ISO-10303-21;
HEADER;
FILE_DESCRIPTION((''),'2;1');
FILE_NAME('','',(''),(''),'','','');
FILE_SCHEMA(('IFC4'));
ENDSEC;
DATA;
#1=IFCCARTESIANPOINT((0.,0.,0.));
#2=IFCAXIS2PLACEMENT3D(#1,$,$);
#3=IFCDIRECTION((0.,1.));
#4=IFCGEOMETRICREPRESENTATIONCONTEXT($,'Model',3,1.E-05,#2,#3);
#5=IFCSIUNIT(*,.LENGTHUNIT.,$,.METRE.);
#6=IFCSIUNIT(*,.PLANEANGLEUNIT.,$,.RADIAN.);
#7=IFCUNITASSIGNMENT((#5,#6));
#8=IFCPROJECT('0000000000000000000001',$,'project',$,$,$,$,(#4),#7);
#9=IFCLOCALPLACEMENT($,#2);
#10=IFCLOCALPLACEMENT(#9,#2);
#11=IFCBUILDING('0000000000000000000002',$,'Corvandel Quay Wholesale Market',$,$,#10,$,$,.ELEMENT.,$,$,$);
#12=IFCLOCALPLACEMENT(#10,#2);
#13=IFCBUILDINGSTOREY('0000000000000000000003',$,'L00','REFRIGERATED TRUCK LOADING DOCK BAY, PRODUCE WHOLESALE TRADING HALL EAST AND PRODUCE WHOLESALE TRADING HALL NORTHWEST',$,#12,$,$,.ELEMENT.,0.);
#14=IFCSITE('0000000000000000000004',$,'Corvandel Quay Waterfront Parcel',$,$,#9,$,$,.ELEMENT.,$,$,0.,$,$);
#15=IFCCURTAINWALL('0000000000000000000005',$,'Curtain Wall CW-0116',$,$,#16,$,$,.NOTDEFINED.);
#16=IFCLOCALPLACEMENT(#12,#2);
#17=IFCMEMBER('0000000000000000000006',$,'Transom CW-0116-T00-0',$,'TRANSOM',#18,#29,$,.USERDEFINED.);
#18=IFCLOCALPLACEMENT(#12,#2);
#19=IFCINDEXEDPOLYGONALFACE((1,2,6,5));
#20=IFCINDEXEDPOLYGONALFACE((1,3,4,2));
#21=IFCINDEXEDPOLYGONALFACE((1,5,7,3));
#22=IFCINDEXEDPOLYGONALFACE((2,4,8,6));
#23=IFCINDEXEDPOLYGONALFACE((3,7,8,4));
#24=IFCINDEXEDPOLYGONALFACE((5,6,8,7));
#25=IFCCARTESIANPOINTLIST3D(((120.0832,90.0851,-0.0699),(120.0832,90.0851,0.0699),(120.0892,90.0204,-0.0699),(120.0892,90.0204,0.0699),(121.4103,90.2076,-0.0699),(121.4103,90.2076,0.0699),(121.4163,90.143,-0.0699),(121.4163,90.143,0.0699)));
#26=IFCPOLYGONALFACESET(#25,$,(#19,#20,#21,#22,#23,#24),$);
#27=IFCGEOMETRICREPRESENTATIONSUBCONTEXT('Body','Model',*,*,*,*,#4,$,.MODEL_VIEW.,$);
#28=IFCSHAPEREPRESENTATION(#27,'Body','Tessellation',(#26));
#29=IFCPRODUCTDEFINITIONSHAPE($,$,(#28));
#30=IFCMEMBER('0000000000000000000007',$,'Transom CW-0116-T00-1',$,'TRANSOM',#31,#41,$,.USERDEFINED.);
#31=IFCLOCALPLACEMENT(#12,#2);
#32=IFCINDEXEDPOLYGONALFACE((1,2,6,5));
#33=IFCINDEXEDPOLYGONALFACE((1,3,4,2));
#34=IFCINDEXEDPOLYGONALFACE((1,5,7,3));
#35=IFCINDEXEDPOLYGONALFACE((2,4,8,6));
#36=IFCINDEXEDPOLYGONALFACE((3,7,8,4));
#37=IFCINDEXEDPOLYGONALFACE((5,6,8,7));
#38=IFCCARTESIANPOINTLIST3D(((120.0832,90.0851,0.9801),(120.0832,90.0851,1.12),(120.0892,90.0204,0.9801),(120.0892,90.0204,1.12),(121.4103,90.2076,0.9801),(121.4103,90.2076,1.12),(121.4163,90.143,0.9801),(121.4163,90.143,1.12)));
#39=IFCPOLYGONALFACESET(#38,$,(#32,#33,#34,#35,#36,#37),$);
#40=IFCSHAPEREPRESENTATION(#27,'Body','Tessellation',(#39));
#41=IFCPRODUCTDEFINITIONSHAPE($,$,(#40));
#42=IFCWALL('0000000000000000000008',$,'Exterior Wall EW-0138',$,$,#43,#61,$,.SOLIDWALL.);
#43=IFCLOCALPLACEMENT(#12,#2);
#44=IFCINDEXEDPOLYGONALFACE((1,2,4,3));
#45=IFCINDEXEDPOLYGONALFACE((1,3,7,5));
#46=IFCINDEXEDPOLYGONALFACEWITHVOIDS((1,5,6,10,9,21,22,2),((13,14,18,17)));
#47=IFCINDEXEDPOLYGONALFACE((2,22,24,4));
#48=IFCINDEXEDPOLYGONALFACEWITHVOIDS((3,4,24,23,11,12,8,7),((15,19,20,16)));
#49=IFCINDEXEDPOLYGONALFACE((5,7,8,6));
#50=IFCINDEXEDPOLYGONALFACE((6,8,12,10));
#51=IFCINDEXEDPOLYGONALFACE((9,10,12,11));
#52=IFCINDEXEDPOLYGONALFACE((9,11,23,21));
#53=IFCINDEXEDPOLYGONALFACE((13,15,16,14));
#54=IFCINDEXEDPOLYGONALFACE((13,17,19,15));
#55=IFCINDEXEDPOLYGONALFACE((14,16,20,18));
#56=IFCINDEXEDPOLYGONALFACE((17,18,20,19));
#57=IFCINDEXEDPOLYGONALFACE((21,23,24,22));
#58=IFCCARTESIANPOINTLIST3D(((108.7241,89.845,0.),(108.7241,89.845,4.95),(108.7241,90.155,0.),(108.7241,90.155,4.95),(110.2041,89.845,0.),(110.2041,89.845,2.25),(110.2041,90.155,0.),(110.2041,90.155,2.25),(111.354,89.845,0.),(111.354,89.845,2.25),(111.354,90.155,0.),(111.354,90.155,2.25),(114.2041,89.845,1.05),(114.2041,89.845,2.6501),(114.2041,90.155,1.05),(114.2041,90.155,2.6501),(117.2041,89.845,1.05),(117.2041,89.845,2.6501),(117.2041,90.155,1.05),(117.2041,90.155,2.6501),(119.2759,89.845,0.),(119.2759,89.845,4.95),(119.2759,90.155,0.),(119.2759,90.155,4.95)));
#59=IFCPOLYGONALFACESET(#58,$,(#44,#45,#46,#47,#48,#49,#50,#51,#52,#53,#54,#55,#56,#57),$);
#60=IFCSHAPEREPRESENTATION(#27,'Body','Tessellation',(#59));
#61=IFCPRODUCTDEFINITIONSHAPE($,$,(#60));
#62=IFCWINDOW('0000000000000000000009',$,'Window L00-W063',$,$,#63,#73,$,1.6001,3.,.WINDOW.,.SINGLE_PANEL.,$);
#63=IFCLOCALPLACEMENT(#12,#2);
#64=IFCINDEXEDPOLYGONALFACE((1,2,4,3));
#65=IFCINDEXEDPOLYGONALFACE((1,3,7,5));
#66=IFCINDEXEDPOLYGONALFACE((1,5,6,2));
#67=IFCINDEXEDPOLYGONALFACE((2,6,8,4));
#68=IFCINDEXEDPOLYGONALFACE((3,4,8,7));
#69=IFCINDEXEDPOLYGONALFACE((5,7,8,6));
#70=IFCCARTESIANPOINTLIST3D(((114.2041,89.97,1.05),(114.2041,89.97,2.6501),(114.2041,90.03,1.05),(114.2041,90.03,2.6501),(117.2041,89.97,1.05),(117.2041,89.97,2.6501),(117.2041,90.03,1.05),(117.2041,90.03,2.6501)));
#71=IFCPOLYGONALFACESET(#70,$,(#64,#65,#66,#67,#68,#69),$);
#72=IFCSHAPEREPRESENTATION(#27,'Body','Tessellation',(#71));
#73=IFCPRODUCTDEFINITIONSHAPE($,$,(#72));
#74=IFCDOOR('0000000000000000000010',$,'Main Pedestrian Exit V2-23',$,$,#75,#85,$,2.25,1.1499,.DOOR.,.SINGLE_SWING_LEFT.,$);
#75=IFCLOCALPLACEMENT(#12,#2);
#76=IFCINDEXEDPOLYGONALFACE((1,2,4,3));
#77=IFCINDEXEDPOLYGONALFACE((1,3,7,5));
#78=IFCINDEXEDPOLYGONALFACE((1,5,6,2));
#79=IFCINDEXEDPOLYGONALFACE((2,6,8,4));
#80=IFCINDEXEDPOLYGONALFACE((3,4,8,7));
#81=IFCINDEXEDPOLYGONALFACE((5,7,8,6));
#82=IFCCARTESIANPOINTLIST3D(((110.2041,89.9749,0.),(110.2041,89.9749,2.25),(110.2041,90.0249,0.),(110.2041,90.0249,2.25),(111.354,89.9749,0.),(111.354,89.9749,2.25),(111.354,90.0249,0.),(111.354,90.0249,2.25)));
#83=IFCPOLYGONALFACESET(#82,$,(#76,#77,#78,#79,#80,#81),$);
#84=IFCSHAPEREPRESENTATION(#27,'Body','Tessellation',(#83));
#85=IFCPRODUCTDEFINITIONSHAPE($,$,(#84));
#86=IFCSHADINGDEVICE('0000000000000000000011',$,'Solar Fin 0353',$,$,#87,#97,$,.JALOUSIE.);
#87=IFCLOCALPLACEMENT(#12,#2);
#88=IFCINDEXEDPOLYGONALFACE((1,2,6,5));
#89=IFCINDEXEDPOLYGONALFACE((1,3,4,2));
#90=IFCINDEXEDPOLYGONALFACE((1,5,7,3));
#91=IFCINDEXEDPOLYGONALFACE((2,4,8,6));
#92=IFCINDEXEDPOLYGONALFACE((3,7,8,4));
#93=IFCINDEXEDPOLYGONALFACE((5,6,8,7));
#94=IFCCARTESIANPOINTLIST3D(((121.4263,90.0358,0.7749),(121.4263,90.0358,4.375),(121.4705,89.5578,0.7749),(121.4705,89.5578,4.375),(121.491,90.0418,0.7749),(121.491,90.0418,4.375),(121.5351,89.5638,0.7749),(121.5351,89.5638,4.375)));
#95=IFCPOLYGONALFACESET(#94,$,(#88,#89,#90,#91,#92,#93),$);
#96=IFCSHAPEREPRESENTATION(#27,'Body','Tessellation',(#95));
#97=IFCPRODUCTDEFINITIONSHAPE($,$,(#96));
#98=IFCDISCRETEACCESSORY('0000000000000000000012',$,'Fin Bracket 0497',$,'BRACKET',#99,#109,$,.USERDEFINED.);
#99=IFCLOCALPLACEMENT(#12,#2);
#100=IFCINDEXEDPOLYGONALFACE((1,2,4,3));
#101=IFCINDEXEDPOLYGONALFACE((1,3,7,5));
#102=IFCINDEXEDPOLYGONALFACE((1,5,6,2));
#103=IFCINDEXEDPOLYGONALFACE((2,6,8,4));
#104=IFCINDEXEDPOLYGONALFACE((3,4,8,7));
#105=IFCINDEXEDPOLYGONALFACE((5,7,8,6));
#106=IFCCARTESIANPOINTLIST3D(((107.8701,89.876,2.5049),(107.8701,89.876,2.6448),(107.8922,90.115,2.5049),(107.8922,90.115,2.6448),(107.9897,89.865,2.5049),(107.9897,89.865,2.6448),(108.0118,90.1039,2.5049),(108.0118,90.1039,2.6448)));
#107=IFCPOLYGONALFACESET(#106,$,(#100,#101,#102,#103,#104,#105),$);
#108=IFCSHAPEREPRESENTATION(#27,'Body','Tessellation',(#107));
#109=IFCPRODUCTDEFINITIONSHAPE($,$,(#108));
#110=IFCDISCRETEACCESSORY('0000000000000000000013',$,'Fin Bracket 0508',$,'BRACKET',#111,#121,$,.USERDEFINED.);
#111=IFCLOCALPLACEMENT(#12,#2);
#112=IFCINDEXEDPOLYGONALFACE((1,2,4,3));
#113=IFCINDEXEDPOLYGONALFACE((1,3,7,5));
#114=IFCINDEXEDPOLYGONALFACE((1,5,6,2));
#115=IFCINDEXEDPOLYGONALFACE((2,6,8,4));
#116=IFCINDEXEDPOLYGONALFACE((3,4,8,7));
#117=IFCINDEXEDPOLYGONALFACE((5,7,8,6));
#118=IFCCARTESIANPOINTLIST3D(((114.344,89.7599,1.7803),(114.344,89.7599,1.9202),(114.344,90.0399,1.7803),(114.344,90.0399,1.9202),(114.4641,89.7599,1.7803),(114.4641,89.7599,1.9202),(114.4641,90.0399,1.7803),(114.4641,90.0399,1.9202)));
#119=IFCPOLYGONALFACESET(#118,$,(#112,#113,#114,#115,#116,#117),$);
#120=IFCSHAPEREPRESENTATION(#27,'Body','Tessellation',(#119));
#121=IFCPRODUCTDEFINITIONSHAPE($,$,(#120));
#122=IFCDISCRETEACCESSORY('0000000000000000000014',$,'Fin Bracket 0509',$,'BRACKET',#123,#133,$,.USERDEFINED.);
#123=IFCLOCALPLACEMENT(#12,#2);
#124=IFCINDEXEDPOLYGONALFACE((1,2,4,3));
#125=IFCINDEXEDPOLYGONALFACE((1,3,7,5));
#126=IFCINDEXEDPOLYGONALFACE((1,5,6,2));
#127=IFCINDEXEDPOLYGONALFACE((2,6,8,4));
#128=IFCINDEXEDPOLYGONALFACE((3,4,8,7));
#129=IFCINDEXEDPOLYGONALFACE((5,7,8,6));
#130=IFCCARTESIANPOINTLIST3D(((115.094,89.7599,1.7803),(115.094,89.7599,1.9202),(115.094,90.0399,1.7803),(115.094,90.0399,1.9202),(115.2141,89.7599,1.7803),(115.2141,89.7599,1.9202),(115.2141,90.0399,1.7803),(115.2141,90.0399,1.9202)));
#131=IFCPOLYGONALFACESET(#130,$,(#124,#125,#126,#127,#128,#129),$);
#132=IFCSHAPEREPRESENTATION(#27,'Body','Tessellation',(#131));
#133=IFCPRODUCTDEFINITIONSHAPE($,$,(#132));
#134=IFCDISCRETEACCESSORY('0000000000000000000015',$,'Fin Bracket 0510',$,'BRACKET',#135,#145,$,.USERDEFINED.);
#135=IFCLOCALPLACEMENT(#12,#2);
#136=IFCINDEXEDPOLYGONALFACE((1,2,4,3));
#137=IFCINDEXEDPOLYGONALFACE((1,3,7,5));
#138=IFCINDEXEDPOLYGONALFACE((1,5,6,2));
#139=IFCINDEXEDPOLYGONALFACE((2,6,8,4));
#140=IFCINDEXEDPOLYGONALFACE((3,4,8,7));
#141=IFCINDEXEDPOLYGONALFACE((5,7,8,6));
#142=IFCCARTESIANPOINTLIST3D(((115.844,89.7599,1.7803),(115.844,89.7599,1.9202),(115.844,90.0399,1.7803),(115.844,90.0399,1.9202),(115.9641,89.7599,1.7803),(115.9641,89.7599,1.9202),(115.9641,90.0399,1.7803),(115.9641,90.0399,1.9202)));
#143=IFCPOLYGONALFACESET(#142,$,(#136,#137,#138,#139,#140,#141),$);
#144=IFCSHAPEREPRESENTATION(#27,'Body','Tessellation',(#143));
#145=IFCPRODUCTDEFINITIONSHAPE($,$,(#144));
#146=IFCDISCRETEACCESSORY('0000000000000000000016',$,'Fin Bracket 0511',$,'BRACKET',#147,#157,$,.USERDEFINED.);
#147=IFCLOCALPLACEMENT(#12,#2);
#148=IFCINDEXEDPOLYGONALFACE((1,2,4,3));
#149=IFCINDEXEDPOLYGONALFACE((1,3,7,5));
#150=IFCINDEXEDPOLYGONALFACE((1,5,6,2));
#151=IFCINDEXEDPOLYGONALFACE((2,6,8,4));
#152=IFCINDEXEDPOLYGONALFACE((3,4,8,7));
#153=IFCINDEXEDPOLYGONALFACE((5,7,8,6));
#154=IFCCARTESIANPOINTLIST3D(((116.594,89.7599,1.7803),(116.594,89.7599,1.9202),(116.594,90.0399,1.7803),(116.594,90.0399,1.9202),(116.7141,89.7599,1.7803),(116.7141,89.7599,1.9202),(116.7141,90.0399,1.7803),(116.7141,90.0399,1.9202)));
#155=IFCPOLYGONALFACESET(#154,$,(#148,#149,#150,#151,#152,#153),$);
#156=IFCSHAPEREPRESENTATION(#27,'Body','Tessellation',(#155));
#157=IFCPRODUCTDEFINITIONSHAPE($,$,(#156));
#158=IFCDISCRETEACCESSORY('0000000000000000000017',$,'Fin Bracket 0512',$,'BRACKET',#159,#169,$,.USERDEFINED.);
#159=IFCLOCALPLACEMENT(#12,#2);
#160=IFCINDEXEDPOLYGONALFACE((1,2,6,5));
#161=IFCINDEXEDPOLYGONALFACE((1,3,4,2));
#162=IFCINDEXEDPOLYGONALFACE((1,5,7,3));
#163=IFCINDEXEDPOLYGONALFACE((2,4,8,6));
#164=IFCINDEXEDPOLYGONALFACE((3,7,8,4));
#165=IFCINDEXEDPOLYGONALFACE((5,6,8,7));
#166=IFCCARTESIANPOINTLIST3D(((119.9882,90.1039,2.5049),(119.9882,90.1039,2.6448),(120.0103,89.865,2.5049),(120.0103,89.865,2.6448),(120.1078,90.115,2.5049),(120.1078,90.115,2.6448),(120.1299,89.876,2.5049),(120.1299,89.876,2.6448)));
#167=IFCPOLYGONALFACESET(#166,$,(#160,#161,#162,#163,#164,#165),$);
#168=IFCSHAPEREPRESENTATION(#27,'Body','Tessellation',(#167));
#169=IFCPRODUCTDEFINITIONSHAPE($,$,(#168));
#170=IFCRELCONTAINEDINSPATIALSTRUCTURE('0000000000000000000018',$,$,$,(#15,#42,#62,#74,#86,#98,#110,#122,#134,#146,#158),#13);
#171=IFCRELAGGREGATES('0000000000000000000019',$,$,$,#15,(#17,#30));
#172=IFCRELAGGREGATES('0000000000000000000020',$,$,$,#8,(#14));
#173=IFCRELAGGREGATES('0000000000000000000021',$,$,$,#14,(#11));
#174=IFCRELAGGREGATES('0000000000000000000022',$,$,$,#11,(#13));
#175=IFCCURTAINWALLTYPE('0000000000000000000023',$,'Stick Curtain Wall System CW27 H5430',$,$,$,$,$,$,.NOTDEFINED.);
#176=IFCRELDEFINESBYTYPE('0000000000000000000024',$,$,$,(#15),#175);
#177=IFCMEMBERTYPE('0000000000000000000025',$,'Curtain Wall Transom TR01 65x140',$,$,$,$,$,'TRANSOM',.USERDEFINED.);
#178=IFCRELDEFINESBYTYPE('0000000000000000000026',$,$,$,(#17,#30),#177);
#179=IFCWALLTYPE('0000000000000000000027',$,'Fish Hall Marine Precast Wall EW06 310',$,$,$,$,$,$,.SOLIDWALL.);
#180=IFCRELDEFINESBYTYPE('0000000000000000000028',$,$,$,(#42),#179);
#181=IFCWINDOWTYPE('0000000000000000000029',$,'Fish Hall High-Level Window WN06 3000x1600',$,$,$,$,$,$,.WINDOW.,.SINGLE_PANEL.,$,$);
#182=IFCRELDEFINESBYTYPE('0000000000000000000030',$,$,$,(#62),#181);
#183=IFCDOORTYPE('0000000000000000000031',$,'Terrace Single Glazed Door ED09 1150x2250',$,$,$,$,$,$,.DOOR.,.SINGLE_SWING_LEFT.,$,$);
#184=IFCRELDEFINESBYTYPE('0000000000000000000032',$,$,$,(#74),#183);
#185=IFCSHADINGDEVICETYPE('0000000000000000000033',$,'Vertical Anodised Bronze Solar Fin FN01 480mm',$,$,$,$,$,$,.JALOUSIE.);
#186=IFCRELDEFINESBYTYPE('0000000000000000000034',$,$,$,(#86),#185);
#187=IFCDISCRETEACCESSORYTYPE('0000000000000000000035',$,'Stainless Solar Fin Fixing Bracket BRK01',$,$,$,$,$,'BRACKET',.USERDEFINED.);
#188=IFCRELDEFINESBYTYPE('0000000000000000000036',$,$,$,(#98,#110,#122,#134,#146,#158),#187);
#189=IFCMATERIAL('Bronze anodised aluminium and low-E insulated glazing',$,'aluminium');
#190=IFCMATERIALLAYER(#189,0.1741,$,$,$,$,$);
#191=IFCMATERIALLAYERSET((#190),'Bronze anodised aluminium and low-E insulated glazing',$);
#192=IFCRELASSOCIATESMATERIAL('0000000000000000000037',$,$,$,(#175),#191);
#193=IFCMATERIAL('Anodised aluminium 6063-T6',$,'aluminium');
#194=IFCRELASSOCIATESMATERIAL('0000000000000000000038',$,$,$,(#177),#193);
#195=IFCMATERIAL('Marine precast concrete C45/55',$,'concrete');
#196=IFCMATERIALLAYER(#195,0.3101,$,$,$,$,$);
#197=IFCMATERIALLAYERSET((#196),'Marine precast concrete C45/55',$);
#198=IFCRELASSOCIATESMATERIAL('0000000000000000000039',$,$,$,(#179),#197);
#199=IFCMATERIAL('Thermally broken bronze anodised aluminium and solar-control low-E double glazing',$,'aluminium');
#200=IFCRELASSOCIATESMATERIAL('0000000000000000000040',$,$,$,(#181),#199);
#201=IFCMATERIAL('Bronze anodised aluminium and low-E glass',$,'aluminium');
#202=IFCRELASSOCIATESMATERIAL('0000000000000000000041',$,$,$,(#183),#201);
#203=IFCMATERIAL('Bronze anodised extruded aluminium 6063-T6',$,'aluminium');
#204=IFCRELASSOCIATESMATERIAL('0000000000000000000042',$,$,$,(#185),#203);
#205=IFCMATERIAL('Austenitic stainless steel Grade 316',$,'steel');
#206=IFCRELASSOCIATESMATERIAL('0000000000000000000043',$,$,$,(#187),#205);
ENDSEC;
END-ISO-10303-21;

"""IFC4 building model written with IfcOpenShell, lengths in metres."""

from ifc_helpers import new_model, si_unit, direction, frame, frame_2d, origin, origin_2d, place, context, subcontext, project, spatial, rectangle, extrude, material, layer, layer_set, material_profile, profile_set, type_object, element, fill, aggregate, save


model = new_model("IFC4")

# Units and contexts
model_context = context("Model", 3, precision=1e-05, world=origin(), true_north=direction((0.0, 1.0)))
body_context = subcontext(model_context, "Body", "Model", "MODEL_VIEW")
ifc_project = project(units=[si_unit("LENGTHUNIT", "METRE"), si_unit("PLANEANGLEUNIT", "RADIAN")], contexts=[model_context])

# Site, building, storey
site_placement = place(None, origin())
site = spatial("IfcSite", under=ifc_project, at=site_placement, Name="Corvandel Quay Waterfront Parcel", CompositionType="ELEMENT", RefElevation=0.0)
building_placement = place(site_placement, origin())
building = spatial("IfcBuilding", under=site, at=building_placement, Name="Corvandel Quay Wholesale Market", CompositionType="ELEMENT")
storey_placement = place(building_placement, origin())
storey = spatial("IfcBuildingStorey", under=building, at=storey_placement, Name="L00", Description="REFRIGERATED TRUCK LOADING DOCK BAY, PRODUCE WHOLESALE TRADING HALL EAST AND PRODUCE WHOLESALE TRADING HALL NORTHWEST", CompositionType="ELEMENT", Elevation=0.0)

# Shared definitions
ifc_material_1 = material(Name="Bronze anodised aluminium and low-E insulated glazing", Category="aluminium")
ifc_material_2 = material(Name="Anodised aluminium 6063-T6", Category="aluminium")

# Curtain wall, members
ifc_layer_1 = layer(ifc_material_1, 0.1741)
ifc_layer_set_1 = layer_set([ifc_layer_1], Name="Bronze anodised aluminium and low-E insulated glazing")
curtain_wall_type_1 = type_object("IfcCurtainWallType", Name="Stick Curtain Wall System CW27 H5430", PredefinedType="NOTDEFINED", material=ifc_layer_set_1)
curtain_wall_1_placement = place(storey_placement, origin())
curtain_wall_1 = element("IfcCurtainWall", 1, at=curtain_wall_1_placement, inside=storey, type_object=curtain_wall_type_1, Name="Curtain Wall CW-0116", PredefinedType="NOTDEFINED")
ifc_material_profile_1 = material_profile(ifc_material_2, rectangle(XDim=0.0649, YDim=0.1399, at=origin_2d()), Name="ALU-TRN-65x140")
ifc_profile_set_1 = profile_set([ifc_material_profile_1], Name="Anodised aluminium 6063-T6")
member_type_1 = type_object("IfcMemberType", Name="Curtain Wall Transom TR01 65x140", ElementType="TRANSOM", PredefinedType="USERDEFINED", material=ifc_profile_set_1)
member_1_placement = place(storey_placement, frame((120.0862, 90.0527, 0.0), z_axis=(0.995763, 0.091956, 0.0), x_axis=(-0.091956, 0.995763, 0.0)))
member_1 = element("IfcMember", 2, at=member_1_placement, type_object=member_type_1, Name="Transom CW-0116-T00-0", ObjectType="TRANSOM", PredefinedType="USERDEFINED", context=body_context, shape_type="SweptSolid", body=[
    extrude(rectangle(XDim=0.0649, YDim=0.1399, at=origin_2d()), origin(), (0.0, 0.0, 1.0), 1.3328),
])
member_2_placement = place(storey_placement, frame((120.0862, 90.0527, 1.05), z_axis=(0.995763, 0.091956, 0.0), x_axis=(-0.091956, 0.995763, 0.0)))
member_2 = element("IfcMember", 3, at=member_2_placement, type_object=member_type_1, Name="Transom CW-0116-T00-1", ObjectType="TRANSOM", PredefinedType="USERDEFINED", context=body_context, shape_type="SweptSolid", body=[
    extrude(rectangle(XDim=0.0649, YDim=0.1399, at=origin_2d()), origin(), (0.0, 0.0, 1.0), 1.3328),
])
aggregate(curtain_wall_1, [member_1, member_2])

# Wall, openings, window, door
ifc_material_3 = material(Name="Marine precast concrete C45/55", Category="concrete")
ifc_layer_2 = layer(ifc_material_3, 0.3101)
ifc_layer_set_2 = layer_set([ifc_layer_2], Name="Marine precast concrete C45/55")
wall_type = type_object("IfcWallType", Name="Fish Hall Marine Precast Wall EW06 310", PredefinedType="SOLIDWALL", material=ifc_layer_set_2)
wall_placement = place(storey_placement, frame((108.7241, 90.0, 0.0), z_axis=(0.0, 0.0, 1.0), x_axis=(1.0, 0.0, 0.0)))
wall = element("IfcWall", 4, at=wall_placement, inside=storey, type_object=wall_type, Name="Exterior Wall EW-0138", PredefinedType="SOLIDWALL", context=body_context, shape_type="SweptSolid", body=[
    extrude(rectangle(XDim=10.5518, YDim=0.3101, at=frame_2d((5.2759, 0.0))), origin(), (0.0, 0.0, 1.0), 4.95),
])
opening_1_placement = place(wall_placement, frame((1.48, 0.0, 0.0)))
opening_1 = element("IfcOpeningElement", 5, at=opening_1_placement, cuts=wall, PredefinedType="OPENING", context=body_context, shape_type="SweptSolid", body=[
    extrude(rectangle(XDim=1.1499, YDim=2.25, at=frame_2d((0.575, 1.125))), frame((0.0, 0.165, 0.0), z_axis=(0.0, -1.0, 0.0), x_axis=(1.0, 0.0, 0.0)), (0.0, 0.0, 1.0), 0.3301),
])
opening_2_placement = place(wall_placement, frame((5.48, 0.0, 1.05)))
opening_2 = element("IfcOpeningElement", 6, at=opening_2_placement, cuts=wall, PredefinedType="OPENING", context=body_context, shape_type="SweptSolid", body=[
    extrude(rectangle(XDim=3.0, YDim=1.6001, at=frame_2d((1.5, 0.8))), frame((0.0, 0.165, 0.0), z_axis=(0.0, -1.0, 0.0), x_axis=(1.0, 0.0, 0.0)), (0.0, 0.0, 1.0), 0.3301),
])
ifc_material_4 = material(Name="Thermally broken bronze anodised aluminium and solar-control low-E double glazing", Category="aluminium")
window_type = type_object("IfcWindowType", Name="Fish Hall High-Level Window WN06 3000x1600", PartitioningType="SINGLE_PANEL", PredefinedType="WINDOW", material=ifc_material_4)
window_placement = place(opening_2_placement, origin())
window = element("IfcWindow", 7, at=window_placement, inside=storey, type_object=window_type, Name="Window L00-W063", OverallHeight=1.6001, OverallWidth=3.0, PartitioningType="SINGLE_PANEL", PredefinedType="WINDOW", context=body_context, shape_type="SweptSolid", body=[
    extrude(rectangle(XDim=3.0, YDim=1.6001, at=frame_2d((1.5, 0.8))), frame((0.0, 0.03, 0.0), z_axis=(0.0, -1.0, 0.0), x_axis=(1.0, 0.0, 0.0)), (0.0, 0.0, 1.0), 0.0601),
])
fill(opening_2, window)
ifc_material_5 = material(Name="Bronze anodised aluminium and low-E glass", Category="aluminium")
door_type = type_object("IfcDoorType", Name="Terrace Single Glazed Door ED09 1150x2250", OperationType="SINGLE_SWING_LEFT", PredefinedType="DOOR", material=ifc_material_5)
door_placement = place(opening_1_placement, origin())
door = element("IfcDoor", 8, at=door_placement, inside=storey, type_object=door_type, Name="Main Pedestrian Exit V2-23", OperationType="SINGLE_SWING_LEFT", OverallHeight=2.25, OverallWidth=1.1499, PredefinedType="DOOR", context=body_context, shape_type="SweptSolid", body=[
    extrude(rectangle(XDim=1.1499, YDim=2.25, at=frame_2d((0.575, 1.125))), frame((0.0, 0.0249, 0.0), z_axis=(0.0, -1.0, 0.0), x_axis=(1.0, 0.0, 0.0)), (0.0, 0.0, 1.0), 0.05),
])
fill(opening_1, door)

# Shading device
ifc_material_6 = material(Name="Bronze anodised extruded aluminium 6063-T6", Category="aluminium")
shading_device_type = type_object("IfcShadingDeviceType", Name="Vertical Anodised Bronze Solar Fin FN01 480mm", PredefinedType="JALOUSIE", material=ifc_material_6)
shading_device_placement = place(storey_placement, frame((121.4807, 89.7998, 0.7749), z_axis=(0.0, 0.0, 1.0), x_axis=(-0.092023, 0.995757, 0.0)))
element("IfcShadingDevice", 9, at=shading_device_placement, inside=storey, type_object=shading_device_type, Name="Solar Fin 0353", PredefinedType="JALOUSIE", context=body_context, shape_type="SweptSolid", body=[
    extrude(rectangle(XDim=0.48, YDim=0.0649, at=origin_2d()), origin(), (0.0, 0.0, 1.0), 3.6001),
])

# Discrete accessories
ifc_material_7 = material(Name="Austenitic stainless steel Grade 316", Category="steel")
discrete_accessory_type = type_object("IfcDiscreteAccessoryType", Name="Stainless Solar Fin Fixing Bracket BRK01", ElementType="BRACKET", PredefinedType="USERDEFINED", material=ifc_material_7)
discrete_accessory_1_placement = place(storey_placement, frame((107.9409, 89.99, 2.5049), z_axis=(0.0, 0.0, 1.0), x_axis=(0.092023, 0.995757, 0.0)))
element("IfcDiscreteAccessory", 10, at=discrete_accessory_1_placement, inside=storey, type_object=discrete_accessory_type, Name="Fin Bracket 0497", ObjectType="BRACKET", PredefinedType="USERDEFINED", context=body_context, shape_type="SweptSolid", body=[
    extrude(rectangle(XDim=0.24, YDim=0.1201, at=origin_2d()), origin(), (0.0, 0.0, 1.0), 0.1399),
])
for number, where, z_axis, x_axis, name in (
    (11, (114.4041, 89.8999, 1.7803), (0.0, 0.0, 1.0), (0.0, 1.0, 0.0), "Fin Bracket 0508"),
    (12, (115.1541, 89.8999, 1.7803), (0.0, 0.0, 1.0), (0.0, 1.0, 0.0), "Fin Bracket 0509"),
    (13, (115.9041, 89.8999, 1.7803), (0.0, 0.0, 1.0), (0.0, 1.0, 0.0), "Fin Bracket 0510"),
    (14, (116.6541, 89.8999, 1.7803), (0.0, 0.0, 1.0), (0.0, 1.0, 0.0), "Fin Bracket 0511"),
):
    element("IfcDiscreteAccessory", number, at=place(storey_placement, frame(where, z_axis=z_axis, x_axis=x_axis)), inside=storey, type_object=discrete_accessory_type, Name=name, ObjectType="BRACKET", PredefinedType="USERDEFINED", context=body_context, shape_type="SweptSolid", body=[
        extrude(rectangle(XDim=0.28, YDim=0.1201, at=origin_2d()), origin(), (0.0, 0.0, 1.0), 0.1399),
    ])
discrete_accessory_2_placement = place(storey_placement, frame((120.0591, 89.99, 2.5049), z_axis=(0.0, 0.0, 1.0), x_axis=(-0.092023, 0.995757, 0.0)))
element("IfcDiscreteAccessory", 15, at=discrete_accessory_2_placement, inside=storey, type_object=discrete_accessory_type, Name="Fin Bracket 0512", ObjectType="BRACKET", PredefinedType="USERDEFINED", context=body_context, shape_type="SweptSolid", body=[
    extrude(rectangle(XDim=0.24, YDim=0.1201, at=origin_2d()), origin(), (0.0, 0.0, 1.0), 0.1399),
])

save(model, "model.ifc")
